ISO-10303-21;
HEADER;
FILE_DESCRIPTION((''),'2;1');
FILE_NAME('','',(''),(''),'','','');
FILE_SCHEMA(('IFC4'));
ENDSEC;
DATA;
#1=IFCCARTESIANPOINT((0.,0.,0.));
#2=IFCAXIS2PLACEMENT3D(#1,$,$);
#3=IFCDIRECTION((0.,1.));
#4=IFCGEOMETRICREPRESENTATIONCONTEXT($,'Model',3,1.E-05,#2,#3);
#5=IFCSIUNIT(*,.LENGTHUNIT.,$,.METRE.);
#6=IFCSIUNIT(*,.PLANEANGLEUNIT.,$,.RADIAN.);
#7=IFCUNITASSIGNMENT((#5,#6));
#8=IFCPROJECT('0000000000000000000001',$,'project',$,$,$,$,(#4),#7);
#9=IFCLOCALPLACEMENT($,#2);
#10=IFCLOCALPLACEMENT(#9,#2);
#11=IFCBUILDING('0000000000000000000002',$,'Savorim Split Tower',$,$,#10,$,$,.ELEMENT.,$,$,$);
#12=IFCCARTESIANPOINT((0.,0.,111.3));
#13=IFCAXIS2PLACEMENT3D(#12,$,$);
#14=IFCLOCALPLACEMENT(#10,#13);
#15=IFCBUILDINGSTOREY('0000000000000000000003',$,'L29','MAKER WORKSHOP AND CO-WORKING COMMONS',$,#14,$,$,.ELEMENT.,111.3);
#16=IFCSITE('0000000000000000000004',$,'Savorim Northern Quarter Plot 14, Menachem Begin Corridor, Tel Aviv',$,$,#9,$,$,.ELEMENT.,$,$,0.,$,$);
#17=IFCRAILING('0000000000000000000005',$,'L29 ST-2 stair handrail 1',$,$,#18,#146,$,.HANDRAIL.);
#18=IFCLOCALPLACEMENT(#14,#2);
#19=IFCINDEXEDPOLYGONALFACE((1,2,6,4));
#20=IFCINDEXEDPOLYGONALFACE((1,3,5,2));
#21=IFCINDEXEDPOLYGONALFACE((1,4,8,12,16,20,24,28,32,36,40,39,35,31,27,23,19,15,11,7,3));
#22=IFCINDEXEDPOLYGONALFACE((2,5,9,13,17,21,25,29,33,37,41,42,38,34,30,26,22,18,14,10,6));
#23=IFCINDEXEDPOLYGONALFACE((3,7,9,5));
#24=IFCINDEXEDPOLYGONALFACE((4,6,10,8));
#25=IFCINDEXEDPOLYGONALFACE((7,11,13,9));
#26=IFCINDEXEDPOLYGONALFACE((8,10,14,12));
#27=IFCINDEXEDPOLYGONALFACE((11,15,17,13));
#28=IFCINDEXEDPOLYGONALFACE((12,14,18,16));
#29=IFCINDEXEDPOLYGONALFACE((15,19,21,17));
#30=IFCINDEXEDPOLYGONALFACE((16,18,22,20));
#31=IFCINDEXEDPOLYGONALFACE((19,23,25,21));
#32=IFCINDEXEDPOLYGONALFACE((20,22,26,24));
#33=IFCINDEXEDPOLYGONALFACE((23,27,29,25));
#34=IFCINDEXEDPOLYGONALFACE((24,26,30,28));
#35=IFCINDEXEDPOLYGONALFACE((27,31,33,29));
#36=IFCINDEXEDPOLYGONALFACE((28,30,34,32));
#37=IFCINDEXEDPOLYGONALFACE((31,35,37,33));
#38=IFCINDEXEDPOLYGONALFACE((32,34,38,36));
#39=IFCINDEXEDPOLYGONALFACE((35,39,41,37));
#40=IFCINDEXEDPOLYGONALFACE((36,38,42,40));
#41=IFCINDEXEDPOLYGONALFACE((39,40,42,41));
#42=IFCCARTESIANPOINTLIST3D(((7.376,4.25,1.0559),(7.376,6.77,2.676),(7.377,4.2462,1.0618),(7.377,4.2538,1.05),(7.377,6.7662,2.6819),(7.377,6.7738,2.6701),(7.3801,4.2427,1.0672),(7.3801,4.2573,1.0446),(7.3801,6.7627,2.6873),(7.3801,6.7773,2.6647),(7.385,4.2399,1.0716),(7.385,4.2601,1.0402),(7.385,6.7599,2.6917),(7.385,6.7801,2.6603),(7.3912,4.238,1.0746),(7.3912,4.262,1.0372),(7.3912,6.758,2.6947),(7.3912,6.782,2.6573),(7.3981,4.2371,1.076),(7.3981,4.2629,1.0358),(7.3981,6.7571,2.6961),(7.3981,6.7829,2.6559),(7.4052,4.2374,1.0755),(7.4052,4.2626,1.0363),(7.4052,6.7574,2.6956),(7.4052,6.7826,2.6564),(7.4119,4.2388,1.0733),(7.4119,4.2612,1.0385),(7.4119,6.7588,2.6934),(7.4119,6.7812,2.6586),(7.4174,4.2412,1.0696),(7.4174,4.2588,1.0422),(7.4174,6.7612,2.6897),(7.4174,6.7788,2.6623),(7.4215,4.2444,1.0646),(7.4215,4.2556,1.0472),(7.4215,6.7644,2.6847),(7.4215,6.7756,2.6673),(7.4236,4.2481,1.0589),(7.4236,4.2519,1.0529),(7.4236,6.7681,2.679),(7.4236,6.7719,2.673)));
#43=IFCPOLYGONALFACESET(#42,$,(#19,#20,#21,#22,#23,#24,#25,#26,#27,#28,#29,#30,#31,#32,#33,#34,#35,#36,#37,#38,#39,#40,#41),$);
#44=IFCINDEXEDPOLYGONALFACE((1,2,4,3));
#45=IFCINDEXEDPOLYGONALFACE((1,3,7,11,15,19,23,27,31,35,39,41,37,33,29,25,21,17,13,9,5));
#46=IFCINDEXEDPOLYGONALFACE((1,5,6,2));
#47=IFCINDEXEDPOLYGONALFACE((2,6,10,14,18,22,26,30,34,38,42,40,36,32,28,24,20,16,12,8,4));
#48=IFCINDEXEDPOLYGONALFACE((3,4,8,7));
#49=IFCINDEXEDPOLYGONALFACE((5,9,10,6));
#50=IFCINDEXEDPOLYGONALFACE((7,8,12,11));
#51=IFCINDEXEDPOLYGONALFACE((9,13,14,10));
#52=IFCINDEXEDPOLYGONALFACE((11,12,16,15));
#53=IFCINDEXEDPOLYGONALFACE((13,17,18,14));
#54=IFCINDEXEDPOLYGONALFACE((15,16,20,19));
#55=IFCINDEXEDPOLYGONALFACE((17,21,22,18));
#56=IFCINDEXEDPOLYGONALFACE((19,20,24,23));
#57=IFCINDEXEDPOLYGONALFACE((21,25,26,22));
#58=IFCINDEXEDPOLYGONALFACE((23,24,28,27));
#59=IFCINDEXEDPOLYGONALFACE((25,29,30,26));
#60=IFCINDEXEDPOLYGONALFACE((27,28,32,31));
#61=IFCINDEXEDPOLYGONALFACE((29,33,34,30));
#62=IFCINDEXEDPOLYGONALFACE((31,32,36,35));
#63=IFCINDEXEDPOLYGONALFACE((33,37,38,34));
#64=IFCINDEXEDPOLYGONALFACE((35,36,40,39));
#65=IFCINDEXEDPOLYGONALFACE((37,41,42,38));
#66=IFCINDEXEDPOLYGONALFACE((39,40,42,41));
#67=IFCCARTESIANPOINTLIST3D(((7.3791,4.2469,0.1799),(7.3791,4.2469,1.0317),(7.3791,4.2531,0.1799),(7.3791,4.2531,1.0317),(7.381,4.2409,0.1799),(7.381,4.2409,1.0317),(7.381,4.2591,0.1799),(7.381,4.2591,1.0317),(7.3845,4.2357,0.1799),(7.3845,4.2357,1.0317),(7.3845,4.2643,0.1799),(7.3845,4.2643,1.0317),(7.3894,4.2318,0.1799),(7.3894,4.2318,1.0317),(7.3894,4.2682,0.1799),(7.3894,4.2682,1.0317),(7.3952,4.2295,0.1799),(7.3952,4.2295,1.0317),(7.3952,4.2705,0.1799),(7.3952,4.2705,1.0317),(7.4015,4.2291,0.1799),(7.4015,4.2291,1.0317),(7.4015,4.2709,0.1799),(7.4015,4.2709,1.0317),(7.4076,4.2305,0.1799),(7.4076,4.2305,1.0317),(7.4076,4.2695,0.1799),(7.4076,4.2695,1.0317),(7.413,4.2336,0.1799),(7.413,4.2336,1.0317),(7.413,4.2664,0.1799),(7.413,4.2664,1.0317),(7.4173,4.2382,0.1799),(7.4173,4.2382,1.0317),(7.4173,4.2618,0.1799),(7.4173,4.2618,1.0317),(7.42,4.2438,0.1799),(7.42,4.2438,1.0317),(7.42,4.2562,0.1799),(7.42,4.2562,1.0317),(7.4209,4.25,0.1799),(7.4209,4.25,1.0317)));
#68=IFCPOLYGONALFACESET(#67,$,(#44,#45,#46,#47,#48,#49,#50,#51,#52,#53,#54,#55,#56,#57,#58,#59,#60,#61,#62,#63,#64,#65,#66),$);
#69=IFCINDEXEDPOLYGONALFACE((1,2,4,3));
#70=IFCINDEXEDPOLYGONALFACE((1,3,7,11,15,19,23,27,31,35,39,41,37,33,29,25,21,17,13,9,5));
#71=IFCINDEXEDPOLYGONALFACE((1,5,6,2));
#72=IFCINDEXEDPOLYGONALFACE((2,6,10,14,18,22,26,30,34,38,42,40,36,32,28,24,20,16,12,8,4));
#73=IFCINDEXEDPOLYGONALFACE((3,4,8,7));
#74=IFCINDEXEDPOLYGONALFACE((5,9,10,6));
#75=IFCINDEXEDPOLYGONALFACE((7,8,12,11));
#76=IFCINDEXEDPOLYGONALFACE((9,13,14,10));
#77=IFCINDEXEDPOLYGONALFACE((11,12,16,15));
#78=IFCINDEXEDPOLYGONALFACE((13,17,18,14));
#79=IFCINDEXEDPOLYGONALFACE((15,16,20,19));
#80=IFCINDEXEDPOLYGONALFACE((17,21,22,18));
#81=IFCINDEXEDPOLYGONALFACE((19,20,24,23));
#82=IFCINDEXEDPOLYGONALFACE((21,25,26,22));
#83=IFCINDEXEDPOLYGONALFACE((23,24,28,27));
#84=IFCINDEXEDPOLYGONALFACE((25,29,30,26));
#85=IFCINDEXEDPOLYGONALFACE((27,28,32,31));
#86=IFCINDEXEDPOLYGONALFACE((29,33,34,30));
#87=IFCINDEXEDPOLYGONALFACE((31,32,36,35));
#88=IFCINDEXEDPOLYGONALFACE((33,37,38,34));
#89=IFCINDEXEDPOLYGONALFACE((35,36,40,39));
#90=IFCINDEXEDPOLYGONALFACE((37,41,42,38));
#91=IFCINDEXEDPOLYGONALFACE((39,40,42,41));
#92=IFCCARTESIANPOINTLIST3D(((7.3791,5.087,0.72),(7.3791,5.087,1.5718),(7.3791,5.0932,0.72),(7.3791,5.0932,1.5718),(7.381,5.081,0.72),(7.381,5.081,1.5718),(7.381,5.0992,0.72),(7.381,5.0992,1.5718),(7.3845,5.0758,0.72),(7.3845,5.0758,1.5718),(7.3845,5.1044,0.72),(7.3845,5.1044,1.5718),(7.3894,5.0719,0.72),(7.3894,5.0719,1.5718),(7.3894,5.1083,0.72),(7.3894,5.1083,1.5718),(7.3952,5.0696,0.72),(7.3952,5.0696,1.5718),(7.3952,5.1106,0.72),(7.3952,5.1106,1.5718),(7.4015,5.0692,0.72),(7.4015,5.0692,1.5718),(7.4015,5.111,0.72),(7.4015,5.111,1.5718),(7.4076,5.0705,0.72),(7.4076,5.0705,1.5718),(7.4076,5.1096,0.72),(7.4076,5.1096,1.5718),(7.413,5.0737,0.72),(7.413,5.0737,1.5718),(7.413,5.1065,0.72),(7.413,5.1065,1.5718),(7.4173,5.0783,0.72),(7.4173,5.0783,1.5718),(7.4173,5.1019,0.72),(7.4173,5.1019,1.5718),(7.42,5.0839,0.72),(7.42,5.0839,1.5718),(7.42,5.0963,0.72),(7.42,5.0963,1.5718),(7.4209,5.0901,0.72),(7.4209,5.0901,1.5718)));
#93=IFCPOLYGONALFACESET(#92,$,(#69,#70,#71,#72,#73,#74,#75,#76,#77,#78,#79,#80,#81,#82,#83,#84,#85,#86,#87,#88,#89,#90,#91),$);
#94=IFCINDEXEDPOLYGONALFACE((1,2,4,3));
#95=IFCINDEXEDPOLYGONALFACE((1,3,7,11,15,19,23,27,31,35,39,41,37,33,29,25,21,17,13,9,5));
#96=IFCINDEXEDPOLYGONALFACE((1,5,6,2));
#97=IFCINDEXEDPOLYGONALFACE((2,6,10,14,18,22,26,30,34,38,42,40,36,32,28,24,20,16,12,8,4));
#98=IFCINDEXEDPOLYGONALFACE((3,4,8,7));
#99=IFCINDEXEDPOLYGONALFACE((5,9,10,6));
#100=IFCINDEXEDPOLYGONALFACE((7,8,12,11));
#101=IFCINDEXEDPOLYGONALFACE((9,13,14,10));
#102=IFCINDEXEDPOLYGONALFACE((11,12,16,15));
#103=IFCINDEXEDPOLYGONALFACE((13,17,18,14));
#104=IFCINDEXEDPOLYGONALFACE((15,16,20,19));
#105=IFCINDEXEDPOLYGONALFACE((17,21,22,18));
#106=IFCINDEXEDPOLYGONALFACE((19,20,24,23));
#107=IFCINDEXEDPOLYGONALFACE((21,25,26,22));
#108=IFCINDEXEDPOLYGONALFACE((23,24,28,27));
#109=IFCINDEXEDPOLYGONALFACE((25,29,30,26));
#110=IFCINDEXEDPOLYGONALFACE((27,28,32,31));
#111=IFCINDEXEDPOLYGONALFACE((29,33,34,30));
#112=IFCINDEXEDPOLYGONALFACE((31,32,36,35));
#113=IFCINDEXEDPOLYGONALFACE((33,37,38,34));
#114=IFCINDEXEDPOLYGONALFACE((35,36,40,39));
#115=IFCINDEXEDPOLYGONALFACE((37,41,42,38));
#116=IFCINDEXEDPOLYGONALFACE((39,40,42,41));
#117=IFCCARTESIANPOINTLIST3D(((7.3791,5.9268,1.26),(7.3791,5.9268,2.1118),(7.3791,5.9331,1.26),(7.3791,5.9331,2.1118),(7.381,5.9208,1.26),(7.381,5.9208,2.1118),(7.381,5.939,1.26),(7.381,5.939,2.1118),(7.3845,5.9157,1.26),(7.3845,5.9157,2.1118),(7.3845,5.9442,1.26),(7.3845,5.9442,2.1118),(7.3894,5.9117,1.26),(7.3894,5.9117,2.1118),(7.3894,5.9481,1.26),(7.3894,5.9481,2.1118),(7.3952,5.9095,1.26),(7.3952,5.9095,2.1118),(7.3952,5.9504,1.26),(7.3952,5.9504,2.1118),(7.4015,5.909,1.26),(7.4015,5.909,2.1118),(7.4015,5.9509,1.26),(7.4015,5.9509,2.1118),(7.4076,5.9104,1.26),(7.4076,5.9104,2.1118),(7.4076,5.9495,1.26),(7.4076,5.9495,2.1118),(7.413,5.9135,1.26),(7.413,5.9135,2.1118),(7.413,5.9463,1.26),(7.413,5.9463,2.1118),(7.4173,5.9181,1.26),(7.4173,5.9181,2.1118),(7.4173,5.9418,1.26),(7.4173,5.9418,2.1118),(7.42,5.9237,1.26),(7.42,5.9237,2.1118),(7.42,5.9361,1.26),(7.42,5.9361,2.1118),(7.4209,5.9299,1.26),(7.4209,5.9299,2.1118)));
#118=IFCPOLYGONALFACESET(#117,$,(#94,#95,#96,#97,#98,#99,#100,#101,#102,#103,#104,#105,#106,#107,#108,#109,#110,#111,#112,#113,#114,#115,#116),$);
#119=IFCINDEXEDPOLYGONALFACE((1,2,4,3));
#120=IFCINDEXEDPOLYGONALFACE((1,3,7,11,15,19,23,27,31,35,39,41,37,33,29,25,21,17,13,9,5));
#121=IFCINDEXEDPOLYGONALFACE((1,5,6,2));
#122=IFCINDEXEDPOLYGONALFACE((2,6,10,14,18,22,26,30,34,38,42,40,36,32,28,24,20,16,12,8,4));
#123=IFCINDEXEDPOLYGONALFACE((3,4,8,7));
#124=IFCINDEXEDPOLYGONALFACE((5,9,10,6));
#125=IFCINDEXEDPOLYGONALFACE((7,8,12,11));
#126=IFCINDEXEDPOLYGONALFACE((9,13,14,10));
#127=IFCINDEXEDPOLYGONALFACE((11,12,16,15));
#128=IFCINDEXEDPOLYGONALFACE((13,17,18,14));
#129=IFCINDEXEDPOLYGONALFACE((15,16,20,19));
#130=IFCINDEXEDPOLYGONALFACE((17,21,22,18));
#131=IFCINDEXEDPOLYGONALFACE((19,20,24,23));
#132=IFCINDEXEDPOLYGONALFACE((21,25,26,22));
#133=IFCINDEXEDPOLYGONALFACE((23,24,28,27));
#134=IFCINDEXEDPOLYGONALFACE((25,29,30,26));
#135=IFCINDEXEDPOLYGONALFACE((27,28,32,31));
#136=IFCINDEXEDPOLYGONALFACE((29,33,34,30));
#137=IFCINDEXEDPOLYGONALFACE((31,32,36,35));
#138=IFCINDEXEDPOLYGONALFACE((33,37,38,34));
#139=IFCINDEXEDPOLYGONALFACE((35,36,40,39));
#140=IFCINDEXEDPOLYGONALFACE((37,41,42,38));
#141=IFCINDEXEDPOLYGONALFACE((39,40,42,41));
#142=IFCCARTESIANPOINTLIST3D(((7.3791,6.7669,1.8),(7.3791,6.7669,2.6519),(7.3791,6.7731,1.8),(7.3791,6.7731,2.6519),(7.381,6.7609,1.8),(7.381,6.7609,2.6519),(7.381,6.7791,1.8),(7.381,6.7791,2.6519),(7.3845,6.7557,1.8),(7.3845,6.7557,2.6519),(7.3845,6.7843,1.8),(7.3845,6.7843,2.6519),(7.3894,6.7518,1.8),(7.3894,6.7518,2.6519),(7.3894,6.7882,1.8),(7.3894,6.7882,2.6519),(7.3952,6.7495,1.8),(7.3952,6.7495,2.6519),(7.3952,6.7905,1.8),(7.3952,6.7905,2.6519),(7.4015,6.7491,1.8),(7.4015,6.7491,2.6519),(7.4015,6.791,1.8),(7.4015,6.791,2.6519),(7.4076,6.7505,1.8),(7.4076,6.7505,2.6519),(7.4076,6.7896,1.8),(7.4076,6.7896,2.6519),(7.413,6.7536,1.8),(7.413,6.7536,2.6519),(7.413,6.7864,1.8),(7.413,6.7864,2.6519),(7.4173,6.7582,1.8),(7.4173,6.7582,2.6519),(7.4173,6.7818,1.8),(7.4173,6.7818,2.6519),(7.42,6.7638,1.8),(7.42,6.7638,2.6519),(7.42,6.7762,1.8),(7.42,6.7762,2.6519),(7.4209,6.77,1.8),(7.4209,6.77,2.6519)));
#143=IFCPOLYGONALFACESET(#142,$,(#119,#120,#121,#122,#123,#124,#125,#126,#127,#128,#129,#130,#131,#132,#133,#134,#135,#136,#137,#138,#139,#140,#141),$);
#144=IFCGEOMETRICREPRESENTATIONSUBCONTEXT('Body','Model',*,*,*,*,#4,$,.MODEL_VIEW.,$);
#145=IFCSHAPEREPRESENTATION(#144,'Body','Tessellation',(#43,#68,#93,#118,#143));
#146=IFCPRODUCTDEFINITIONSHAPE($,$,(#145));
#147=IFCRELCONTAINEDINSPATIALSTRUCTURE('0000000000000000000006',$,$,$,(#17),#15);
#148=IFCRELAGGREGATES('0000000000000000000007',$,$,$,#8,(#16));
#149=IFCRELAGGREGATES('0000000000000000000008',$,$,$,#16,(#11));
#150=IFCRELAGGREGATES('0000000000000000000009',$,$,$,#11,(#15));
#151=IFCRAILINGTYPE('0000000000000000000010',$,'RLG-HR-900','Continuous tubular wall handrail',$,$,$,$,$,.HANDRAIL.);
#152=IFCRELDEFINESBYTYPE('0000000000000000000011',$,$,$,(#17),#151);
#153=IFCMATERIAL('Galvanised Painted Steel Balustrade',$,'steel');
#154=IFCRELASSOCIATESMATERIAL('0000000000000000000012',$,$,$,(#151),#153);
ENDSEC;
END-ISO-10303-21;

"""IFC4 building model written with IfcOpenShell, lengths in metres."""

from ifc_helpers import new_model, si_unit, direction, frame, origin, origin_2d, place, context, subcontext, project, spatial, circle, extrude, material, type_object, element, save


model = new_model("IFC4")

# Units and contexts
model_context = context("Model", 3, precision=1e-05, world=origin(), true_north=direction((0.0, 1.0)))
body_context = subcontext(model_context, "Body", "Model", "MODEL_VIEW")
ifc_project = project(units=[si_unit("LENGTHUNIT", "METRE"), si_unit("PLANEANGLEUNIT", "RADIAN")], contexts=[model_context])

# Site, building, storey
site_placement = place(None, origin())
site = spatial("IfcSite", under=ifc_project, at=site_placement, Name="Savorim Northern Quarter Plot 14, Menachem Begin Corridor, Tel Aviv", CompositionType="ELEMENT", RefElevation=0.0)
building_placement = place(site_placement, origin())
building = spatial("IfcBuilding", under=site, at=building_placement, Name="Savorim Split Tower", CompositionType="ELEMENT")
storey_placement = place(building_placement, frame((0.0, 0.0, 111.3)))
storey = spatial("IfcBuildingStorey", under=building, at=storey_placement, Name="L29", Description="MAKER WORKSHOP AND CO-WORKING COMMONS", CompositionType="ELEMENT", Elevation=111.3)

# Railing
ifc_material_1 = material(Name="Galvanised Painted Steel Balustrade", Category="steel")
railing_type_1 = type_object("IfcRailingType", Name="RLG-HR-900", Description="Continuous tubular wall handrail", PredefinedType="HANDRAIL", material=ifc_material_1)
railing_1_placement = place(storey_placement, frame((7.3999, 4.25, 0.1799)))
element("IfcRailing", 1, at=railing_1_placement, inside=storey, type_object=railing_type_1, Name="L29 ST-2 stair handrail 1", PredefinedType="HANDRAIL", context=body_context, shape_type="SweptSolid", body=[
    extrude(circle(Radius=0.0239, at=origin_2d()), frame((0.0, 0.0, 0.876), z_axis=(0.0, 0.841163, 0.540782), x_axis=(-1.0, 0.0, 0.0)), (0.0, 0.0, 1.0), 2.9958),
    extrude(circle(Radius=0.021, at=origin_2d()), origin(), (0.0, 0.0, 1.0), 0.8518),
    extrude(circle(Radius=0.021, at=origin_2d()), frame((0.0, 0.8401, 0.54)), (0.0, 0.0, 1.0), 0.8518),
    extrude(circle(Radius=0.021, at=origin_2d()), frame((0.0, 1.6799, 1.0801)), (0.0, 0.0, 1.0), 0.8518),
    extrude(circle(Radius=0.021, at=origin_2d()), frame((0.0, 2.52, 1.6201)), (0.0, 0.0, 1.0), 0.8518),
])

save(model, "model.ifc")
